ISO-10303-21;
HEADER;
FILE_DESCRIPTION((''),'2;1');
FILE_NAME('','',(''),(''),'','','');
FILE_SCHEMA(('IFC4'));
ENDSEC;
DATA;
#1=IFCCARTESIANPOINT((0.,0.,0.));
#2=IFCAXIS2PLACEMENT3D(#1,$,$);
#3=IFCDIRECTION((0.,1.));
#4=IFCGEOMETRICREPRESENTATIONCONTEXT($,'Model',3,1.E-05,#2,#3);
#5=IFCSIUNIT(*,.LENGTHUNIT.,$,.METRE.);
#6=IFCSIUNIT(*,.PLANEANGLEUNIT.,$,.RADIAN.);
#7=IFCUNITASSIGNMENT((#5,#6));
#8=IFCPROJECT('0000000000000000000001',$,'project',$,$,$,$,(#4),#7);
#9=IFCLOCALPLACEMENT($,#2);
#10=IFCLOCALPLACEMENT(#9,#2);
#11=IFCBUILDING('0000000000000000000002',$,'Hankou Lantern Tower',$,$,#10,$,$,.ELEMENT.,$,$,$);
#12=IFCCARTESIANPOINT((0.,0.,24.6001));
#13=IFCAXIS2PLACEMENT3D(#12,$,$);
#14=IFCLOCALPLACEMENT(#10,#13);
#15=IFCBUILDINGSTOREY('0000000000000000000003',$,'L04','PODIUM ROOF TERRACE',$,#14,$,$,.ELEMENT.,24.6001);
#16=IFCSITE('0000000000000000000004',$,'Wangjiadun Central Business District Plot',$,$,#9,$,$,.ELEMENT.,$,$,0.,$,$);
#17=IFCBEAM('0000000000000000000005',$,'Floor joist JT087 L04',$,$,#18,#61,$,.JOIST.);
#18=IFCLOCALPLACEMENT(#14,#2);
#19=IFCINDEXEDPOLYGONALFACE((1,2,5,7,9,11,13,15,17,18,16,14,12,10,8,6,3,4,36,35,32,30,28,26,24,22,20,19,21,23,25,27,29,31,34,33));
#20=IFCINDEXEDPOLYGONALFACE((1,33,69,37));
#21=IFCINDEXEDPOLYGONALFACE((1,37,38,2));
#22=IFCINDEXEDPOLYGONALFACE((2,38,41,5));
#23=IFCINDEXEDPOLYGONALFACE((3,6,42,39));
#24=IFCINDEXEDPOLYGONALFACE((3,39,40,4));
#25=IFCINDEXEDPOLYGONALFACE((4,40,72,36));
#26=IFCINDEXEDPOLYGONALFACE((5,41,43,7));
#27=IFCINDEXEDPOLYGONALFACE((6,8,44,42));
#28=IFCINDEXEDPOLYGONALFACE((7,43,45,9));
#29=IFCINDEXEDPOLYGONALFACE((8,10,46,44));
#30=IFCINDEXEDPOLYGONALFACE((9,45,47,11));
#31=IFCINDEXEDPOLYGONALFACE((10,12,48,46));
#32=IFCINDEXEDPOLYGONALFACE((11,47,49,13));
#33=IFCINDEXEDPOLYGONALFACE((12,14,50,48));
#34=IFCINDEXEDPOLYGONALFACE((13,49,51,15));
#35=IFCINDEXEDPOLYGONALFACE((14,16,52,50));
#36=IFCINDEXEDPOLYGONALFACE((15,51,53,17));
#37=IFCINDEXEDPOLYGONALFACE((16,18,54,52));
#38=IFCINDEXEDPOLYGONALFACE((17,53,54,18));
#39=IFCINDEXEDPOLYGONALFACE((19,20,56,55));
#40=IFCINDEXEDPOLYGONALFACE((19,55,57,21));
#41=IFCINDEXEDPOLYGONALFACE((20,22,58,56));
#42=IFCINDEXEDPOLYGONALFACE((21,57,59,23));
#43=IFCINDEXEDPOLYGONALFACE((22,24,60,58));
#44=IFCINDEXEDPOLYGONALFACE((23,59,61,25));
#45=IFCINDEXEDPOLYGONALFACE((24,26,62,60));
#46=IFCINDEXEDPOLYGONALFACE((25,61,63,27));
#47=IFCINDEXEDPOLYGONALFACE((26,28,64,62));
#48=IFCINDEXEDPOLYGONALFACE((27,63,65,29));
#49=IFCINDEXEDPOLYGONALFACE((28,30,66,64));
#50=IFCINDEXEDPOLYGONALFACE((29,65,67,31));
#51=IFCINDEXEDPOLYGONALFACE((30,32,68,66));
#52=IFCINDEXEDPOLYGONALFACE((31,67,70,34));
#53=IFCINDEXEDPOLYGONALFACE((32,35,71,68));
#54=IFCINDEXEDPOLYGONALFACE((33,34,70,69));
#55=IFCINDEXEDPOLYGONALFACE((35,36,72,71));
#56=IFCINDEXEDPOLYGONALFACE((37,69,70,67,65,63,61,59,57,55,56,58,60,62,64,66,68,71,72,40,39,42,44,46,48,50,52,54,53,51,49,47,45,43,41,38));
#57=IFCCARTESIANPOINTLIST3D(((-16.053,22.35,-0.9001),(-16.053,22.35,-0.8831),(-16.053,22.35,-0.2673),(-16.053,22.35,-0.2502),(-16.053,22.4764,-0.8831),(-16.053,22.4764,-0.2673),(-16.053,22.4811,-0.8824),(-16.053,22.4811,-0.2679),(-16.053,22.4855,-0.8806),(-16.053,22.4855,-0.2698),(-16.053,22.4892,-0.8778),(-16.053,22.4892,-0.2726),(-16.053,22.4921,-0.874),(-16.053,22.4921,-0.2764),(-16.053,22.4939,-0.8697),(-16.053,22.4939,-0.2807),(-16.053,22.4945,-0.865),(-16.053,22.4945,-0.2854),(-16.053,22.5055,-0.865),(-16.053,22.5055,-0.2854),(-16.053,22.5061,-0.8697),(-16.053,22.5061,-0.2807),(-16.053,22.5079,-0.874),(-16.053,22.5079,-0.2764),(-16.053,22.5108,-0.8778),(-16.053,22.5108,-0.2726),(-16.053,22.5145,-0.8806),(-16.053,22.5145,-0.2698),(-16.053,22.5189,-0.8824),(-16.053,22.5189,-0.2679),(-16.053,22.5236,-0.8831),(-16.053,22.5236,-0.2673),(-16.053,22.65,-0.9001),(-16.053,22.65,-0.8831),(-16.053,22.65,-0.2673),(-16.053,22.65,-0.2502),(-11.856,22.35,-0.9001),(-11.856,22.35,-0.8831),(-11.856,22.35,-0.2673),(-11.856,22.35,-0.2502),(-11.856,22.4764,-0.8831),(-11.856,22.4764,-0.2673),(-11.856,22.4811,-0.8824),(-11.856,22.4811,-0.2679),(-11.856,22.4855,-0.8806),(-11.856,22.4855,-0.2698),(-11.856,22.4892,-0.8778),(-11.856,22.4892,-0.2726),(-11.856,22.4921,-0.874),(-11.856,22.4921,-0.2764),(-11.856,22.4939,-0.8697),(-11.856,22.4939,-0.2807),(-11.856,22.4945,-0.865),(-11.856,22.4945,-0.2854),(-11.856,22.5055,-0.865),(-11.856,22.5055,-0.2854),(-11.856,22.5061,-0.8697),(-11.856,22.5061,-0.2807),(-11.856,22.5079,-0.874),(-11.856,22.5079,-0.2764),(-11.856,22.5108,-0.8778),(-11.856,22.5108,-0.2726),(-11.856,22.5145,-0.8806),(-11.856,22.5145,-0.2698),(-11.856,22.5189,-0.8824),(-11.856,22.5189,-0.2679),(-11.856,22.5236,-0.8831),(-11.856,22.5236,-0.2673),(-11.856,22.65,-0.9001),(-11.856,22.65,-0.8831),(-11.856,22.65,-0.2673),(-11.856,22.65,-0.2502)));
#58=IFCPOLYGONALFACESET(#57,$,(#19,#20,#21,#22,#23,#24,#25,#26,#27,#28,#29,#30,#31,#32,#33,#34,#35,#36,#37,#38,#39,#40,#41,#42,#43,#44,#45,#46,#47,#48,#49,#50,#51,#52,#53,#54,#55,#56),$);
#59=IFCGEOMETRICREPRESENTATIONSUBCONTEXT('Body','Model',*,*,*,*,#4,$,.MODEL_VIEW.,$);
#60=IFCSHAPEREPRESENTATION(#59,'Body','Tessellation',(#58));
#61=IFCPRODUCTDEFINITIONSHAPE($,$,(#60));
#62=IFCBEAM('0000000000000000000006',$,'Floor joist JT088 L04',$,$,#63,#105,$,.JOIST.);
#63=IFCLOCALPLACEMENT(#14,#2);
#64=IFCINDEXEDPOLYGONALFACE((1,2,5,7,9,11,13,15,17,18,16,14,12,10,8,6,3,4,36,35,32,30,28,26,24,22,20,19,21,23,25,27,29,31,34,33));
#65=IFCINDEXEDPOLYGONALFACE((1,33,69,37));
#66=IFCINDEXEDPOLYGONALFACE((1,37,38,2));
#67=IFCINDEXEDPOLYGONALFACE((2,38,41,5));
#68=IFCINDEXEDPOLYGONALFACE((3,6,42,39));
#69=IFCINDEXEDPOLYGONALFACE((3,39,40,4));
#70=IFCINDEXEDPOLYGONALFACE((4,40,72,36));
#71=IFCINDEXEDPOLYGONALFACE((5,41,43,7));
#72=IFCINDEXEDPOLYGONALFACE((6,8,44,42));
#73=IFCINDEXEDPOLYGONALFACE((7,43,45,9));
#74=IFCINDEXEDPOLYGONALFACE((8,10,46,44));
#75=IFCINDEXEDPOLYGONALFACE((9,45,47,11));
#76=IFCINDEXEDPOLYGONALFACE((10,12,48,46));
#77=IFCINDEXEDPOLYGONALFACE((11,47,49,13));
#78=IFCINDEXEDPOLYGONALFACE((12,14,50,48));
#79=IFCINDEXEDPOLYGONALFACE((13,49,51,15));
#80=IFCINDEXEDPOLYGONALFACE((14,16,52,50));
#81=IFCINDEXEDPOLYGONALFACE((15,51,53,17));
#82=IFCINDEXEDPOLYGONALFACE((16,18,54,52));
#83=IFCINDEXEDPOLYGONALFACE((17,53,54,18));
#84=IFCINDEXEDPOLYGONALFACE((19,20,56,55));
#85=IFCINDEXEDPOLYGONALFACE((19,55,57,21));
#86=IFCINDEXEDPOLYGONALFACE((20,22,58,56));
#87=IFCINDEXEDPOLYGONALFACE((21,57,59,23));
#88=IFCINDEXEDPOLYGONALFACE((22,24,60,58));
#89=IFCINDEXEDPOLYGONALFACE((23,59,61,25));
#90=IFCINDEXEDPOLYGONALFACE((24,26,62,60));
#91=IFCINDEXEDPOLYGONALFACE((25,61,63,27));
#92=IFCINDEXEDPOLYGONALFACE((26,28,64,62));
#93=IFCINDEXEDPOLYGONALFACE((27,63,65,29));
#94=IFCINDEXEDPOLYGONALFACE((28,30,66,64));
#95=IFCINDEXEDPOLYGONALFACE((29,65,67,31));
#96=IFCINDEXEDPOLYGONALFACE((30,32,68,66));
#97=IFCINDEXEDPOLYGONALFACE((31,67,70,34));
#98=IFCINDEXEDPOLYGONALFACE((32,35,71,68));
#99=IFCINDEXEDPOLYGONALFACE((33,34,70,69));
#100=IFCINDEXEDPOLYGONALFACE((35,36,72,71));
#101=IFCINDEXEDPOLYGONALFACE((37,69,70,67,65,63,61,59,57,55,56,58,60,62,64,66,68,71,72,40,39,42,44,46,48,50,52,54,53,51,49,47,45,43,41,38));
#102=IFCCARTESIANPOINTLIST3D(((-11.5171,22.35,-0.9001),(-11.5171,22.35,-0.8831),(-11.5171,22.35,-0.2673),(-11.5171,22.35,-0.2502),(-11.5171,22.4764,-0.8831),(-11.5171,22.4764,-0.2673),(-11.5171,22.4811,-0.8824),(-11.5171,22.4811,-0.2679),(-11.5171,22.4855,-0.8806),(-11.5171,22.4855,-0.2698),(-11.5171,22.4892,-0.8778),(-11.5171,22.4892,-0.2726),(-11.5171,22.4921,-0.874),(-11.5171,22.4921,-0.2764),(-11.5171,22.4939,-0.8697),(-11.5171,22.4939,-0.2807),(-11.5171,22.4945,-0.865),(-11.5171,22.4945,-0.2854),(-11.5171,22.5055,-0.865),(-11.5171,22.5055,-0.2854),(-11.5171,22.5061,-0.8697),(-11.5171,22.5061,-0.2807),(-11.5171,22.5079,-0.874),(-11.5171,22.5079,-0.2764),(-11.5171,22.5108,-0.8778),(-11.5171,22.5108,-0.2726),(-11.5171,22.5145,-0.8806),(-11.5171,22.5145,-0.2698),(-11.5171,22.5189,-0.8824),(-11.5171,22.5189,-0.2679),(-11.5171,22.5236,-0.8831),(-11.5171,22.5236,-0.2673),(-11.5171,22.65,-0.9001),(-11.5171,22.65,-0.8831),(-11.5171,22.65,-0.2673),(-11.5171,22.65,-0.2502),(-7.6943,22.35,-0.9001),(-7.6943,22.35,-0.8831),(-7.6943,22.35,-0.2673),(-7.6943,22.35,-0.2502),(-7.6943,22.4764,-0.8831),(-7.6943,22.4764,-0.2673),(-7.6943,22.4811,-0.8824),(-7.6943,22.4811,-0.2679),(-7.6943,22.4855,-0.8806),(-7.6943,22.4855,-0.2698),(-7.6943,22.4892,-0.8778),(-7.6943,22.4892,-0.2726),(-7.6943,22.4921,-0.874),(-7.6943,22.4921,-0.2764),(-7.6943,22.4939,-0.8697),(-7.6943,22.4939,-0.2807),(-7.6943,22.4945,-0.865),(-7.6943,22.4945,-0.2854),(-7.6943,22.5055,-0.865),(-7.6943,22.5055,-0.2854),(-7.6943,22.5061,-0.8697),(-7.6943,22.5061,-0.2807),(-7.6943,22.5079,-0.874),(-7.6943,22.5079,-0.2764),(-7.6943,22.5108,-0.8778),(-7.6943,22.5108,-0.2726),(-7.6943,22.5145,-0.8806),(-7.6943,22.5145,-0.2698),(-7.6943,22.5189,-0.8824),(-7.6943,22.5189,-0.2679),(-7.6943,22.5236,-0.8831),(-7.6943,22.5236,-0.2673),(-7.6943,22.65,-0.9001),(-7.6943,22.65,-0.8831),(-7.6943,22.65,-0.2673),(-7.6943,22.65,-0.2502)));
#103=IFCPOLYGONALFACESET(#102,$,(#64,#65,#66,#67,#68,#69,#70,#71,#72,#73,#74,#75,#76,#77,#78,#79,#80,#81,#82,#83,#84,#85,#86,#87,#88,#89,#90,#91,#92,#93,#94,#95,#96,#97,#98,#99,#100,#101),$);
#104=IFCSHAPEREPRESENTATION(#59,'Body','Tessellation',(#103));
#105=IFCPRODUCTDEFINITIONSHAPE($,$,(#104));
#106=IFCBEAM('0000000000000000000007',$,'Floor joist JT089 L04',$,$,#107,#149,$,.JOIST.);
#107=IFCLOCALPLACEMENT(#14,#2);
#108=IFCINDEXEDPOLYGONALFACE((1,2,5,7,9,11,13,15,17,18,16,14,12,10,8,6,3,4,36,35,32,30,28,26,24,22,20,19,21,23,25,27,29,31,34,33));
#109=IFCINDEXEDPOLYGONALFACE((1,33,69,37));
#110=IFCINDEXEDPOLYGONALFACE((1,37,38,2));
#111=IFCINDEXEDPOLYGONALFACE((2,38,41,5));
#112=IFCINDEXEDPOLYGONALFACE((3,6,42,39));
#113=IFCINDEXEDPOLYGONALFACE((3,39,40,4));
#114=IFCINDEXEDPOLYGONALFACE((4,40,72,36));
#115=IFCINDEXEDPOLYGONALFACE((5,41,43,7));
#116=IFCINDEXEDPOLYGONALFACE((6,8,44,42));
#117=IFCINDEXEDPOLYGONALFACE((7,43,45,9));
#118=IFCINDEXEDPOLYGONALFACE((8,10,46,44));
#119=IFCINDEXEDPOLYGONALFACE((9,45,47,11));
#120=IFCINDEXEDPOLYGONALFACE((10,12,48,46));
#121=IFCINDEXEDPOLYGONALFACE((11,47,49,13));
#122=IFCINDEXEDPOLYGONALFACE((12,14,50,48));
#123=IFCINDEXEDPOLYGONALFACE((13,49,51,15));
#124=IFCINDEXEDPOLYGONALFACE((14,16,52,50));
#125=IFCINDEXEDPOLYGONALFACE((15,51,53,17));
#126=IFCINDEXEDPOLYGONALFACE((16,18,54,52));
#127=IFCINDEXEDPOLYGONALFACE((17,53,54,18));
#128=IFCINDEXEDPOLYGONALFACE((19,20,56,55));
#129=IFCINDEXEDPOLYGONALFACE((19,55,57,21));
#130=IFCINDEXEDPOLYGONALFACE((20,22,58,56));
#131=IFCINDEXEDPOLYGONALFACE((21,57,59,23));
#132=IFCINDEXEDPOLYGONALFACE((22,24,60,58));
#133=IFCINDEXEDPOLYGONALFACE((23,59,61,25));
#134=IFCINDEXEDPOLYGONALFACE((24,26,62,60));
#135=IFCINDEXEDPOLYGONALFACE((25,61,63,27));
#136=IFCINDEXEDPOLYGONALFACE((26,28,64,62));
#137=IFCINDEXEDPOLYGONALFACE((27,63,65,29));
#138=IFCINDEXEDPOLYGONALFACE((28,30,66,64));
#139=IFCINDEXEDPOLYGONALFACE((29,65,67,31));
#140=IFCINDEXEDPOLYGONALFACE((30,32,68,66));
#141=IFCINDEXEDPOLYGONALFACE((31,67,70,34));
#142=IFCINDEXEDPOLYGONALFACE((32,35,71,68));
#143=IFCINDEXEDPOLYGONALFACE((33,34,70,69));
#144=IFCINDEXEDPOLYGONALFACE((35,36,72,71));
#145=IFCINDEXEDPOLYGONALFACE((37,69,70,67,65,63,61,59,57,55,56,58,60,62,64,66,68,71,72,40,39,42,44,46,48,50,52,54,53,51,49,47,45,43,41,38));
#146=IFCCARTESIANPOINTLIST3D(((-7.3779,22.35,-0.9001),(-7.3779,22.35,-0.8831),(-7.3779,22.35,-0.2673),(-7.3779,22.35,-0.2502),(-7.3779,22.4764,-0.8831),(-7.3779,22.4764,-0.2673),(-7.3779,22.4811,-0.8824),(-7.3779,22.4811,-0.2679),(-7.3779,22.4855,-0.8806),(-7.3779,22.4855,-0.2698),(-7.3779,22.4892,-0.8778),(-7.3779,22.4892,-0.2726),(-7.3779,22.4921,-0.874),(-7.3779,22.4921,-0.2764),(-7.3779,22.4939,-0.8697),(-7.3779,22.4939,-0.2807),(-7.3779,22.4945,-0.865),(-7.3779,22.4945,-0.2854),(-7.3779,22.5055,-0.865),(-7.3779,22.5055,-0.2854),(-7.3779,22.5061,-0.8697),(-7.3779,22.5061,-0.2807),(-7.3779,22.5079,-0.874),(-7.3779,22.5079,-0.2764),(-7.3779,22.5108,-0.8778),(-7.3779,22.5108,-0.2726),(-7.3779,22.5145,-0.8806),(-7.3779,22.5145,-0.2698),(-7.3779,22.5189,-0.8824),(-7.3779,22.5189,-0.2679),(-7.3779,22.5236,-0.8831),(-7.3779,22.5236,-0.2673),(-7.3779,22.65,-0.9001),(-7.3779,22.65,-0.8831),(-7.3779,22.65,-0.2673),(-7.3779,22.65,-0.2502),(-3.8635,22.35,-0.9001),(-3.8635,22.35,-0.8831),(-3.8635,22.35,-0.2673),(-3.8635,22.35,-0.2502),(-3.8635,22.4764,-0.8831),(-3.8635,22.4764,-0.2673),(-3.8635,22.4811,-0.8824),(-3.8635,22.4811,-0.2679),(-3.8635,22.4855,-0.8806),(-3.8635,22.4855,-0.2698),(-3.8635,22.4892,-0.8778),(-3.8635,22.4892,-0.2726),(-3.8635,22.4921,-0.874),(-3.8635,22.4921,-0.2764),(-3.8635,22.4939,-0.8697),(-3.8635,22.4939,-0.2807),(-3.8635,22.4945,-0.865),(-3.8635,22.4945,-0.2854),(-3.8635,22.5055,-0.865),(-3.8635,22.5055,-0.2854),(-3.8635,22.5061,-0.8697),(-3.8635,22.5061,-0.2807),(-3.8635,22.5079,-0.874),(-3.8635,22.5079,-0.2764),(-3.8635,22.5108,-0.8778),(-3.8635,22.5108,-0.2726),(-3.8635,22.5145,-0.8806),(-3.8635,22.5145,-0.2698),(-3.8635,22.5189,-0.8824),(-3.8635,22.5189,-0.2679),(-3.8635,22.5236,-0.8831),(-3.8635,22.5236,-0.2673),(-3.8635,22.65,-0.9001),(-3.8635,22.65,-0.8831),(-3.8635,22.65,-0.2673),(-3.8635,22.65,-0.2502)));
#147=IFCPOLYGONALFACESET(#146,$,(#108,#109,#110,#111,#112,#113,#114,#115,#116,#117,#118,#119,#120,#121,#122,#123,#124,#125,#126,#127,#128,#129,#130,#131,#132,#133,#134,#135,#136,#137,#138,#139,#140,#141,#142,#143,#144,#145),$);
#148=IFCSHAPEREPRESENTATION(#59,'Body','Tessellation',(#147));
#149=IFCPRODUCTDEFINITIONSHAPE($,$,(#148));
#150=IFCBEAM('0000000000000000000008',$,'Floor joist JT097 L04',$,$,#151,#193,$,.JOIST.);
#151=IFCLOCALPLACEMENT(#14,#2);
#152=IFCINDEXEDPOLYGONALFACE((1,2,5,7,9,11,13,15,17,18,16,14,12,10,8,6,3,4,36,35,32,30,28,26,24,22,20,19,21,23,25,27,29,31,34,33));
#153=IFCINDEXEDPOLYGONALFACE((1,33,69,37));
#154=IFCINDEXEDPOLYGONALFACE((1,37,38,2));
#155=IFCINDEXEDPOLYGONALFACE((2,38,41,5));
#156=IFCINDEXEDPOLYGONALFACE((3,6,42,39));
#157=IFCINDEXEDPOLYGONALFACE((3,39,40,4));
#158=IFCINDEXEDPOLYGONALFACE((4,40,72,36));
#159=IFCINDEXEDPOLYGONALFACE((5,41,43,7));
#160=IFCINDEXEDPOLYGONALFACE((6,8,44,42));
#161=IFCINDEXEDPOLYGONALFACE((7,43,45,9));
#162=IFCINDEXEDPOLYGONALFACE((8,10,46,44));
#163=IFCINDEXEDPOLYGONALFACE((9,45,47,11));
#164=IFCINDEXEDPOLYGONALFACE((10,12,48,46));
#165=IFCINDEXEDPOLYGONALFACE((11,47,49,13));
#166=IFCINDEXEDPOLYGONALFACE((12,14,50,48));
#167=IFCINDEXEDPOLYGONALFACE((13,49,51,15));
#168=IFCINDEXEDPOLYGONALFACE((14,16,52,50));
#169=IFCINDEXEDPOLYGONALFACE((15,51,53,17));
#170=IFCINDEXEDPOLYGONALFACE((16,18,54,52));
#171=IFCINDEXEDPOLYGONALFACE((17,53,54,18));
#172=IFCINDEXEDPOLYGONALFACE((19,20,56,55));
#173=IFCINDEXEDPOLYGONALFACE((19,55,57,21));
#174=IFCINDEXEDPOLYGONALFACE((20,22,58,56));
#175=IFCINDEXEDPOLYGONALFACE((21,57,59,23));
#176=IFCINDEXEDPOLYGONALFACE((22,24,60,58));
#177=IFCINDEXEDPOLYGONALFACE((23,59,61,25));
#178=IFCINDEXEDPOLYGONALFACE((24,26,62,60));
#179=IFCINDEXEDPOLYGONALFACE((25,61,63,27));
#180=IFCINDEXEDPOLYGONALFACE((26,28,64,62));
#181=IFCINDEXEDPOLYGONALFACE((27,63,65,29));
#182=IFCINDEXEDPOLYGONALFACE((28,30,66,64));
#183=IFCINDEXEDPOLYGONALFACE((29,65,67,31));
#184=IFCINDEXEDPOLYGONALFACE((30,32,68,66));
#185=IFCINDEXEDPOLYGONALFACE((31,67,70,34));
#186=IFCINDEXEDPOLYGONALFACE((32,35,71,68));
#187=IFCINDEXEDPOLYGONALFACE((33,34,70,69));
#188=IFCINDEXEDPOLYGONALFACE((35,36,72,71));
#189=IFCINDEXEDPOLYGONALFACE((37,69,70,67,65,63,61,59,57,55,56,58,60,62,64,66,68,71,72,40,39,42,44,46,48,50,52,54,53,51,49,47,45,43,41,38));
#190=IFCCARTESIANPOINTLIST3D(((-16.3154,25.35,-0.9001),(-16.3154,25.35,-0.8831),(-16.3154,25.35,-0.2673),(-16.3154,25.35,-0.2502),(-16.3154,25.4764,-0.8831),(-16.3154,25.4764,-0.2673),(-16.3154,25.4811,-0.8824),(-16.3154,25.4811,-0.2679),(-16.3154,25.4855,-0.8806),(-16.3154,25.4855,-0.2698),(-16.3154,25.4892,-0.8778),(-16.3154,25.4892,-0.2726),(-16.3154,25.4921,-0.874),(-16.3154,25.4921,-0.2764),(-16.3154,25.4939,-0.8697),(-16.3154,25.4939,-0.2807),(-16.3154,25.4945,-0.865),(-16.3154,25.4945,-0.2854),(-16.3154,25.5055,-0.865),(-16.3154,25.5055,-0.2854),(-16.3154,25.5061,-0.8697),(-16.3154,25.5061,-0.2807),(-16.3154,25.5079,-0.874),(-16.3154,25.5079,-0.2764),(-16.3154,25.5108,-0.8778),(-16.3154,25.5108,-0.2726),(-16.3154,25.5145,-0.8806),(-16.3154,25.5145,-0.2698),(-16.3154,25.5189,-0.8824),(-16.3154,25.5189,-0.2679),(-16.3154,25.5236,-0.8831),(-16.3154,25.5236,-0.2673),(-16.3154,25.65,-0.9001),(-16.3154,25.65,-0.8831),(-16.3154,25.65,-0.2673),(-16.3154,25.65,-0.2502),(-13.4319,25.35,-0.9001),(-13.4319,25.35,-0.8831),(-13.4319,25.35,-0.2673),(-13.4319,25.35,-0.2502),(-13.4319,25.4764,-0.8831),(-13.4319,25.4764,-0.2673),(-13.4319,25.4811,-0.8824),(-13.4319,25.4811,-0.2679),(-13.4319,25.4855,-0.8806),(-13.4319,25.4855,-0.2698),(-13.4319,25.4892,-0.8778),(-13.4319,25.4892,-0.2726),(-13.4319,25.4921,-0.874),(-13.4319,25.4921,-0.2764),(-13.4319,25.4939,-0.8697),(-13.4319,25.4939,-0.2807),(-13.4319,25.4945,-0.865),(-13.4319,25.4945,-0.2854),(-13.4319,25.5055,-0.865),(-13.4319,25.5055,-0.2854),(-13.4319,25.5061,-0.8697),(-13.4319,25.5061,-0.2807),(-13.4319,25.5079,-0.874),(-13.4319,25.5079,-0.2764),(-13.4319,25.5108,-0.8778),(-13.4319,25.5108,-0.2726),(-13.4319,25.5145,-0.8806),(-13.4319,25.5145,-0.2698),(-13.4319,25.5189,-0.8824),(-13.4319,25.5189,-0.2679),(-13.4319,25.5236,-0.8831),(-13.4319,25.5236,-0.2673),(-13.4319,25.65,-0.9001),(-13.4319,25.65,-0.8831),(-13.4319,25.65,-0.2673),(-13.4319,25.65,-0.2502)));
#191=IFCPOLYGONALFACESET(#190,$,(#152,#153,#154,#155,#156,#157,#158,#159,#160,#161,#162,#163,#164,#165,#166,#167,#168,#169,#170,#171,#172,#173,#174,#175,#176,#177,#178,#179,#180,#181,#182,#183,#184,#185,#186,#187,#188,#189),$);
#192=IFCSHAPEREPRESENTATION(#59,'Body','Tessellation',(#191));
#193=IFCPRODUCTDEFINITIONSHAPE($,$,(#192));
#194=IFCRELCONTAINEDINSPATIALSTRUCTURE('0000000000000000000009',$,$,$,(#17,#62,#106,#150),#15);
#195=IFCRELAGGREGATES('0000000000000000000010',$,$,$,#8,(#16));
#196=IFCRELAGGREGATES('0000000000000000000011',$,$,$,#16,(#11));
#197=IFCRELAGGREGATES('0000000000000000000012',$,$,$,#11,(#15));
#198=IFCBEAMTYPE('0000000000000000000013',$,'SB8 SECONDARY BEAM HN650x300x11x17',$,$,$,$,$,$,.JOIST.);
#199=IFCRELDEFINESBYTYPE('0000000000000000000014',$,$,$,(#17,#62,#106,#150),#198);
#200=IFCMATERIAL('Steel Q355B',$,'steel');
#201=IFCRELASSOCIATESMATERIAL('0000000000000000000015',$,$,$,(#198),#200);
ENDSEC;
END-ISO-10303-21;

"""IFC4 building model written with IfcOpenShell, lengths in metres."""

from ifc_helpers import new_model, si_unit, direction, frame, origin, origin_2d, place, context, subcontext, project, spatial, i_section, extrude, material, material_profile, profile_set, type_object, element, save


model = new_model("IFC4")

# Units and contexts
model_context = context("Model", 3, precision=1e-05, world=origin(), true_north=direction((0.0, 1.0)))
body_context = subcontext(model_context, "Body", "Model", "MODEL_VIEW")
ifc_project = project(units=[si_unit("LENGTHUNIT", "METRE"), si_unit("PLANEANGLEUNIT", "RADIAN")], contexts=[model_context])

# Site, building, storey
site_placement = place(None, origin())
site = spatial("IfcSite", under=ifc_project, at=site_placement, Name="Wangjiadun Central Business District Plot", CompositionType="ELEMENT", RefElevation=0.0)
building_placement = place(site_placement, origin())
building = spatial("IfcBuilding", under=site, at=building_placement, Name="Hankou Lantern Tower", CompositionType="ELEMENT")
storey_placement = place(building_placement, frame((0.0, 0.0, 24.6001)))
storey = spatial("IfcBuildingStorey", under=building, at=storey_placement, Name="L04", Description="PODIUM ROOF TERRACE", CompositionType="ELEMENT", Elevation=24.6001)

# Beams
ifc_material_1 = material(Name="Steel Q355B", Category="steel")
ifc_material_profile_1 = material_profile(ifc_material_1, i_section(OverallWidth=0.3, OverallDepth=0.6499, WebThickness=0.011, FlangeThickness=0.0171, FilletRadius=0.0181, at=origin_2d()), Name="HN650x300x11x17")
ifc_profile_set_1 = profile_set([ifc_material_profile_1], Name="Steel Q355B")
beam_type_1 = type_object("IfcBeamType", Name="SB8 SECONDARY BEAM HN650x300x11x17", PredefinedType="JOIST", material=ifc_profile_set_1)
beam_1_placement = place(storey_placement, frame((-16.053, 22.5, -0.5752), z_axis=(1.0, 0.0, 0.0), x_axis=(0.0, 1.0, 0.0)))
element("IfcBeam", 1, at=beam_1_placement, inside=storey, type_object=beam_type_1, Name="Floor joist JT087 L04", PredefinedType="JOIST", context=body_context, shape_type="SweptSolid", body=[
    extrude(i_section(OverallWidth=0.3, OverallDepth=0.6499, WebThickness=0.011, FlangeThickness=0.0171, FilletRadius=0.0181, at=origin_2d()), origin(), (0.0, 0.0, 1.0), 4.197),
])
beam_2_placement = place(storey_placement, frame((-11.5171, 22.5, -0.5752), z_axis=(1.0, 0.0, 0.0), x_axis=(0.0, 1.0, 0.0)))
element("IfcBeam", 2, at=beam_2_placement, inside=storey, type_object=beam_type_1, Name="Floor joist JT088 L04", PredefinedType="JOIST", context=body_context, shape_type="SweptSolid", body=[
    extrude(i_section(OverallWidth=0.3, OverallDepth=0.6499, WebThickness=0.011, FlangeThickness=0.0171, FilletRadius=0.0181, at=origin_2d()), origin(), (0.0, 0.0, 1.0), 3.8228),
])
beam_3_placement = place(storey_placement, frame((-7.3779, 22.5, -0.5752), z_axis=(1.0, 0.0, 0.0), x_axis=(0.0, 1.0, 0.0)))
element("IfcBeam", 3, at=beam_3_placement, inside=storey, type_object=beam_type_1, Name="Floor joist JT089 L04", PredefinedType="JOIST", context=body_context, shape_type="SweptSolid", body=[
    extrude(i_section(OverallWidth=0.3, OverallDepth=0.6499, WebThickness=0.011, FlangeThickness=0.0171, FilletRadius=0.0181, at=origin_2d()), origin(), (0.0, 0.0, 1.0), 3.5144),
])
beam_4_placement = place(storey_placement, frame((-16.3154, 25.5, -0.5752), z_axis=(1.0, 0.0, 0.0), x_axis=(0.0, 1.0, 0.0)))
element("IfcBeam", 4, at=beam_4_placement, inside=storey, type_object=beam_type_1, Name="Floor joist JT097 L04", PredefinedType="JOIST", context=body_context, shape_type="SweptSolid", body=[
    extrude(i_section(OverallWidth=0.3, OverallDepth=0.6499, WebThickness=0.011, FlangeThickness=0.0171, FilletRadius=0.0181, at=origin_2d()), origin(), (0.0, 0.0, 1.0), 2.8835),
])

save(model, "model.ifc")
